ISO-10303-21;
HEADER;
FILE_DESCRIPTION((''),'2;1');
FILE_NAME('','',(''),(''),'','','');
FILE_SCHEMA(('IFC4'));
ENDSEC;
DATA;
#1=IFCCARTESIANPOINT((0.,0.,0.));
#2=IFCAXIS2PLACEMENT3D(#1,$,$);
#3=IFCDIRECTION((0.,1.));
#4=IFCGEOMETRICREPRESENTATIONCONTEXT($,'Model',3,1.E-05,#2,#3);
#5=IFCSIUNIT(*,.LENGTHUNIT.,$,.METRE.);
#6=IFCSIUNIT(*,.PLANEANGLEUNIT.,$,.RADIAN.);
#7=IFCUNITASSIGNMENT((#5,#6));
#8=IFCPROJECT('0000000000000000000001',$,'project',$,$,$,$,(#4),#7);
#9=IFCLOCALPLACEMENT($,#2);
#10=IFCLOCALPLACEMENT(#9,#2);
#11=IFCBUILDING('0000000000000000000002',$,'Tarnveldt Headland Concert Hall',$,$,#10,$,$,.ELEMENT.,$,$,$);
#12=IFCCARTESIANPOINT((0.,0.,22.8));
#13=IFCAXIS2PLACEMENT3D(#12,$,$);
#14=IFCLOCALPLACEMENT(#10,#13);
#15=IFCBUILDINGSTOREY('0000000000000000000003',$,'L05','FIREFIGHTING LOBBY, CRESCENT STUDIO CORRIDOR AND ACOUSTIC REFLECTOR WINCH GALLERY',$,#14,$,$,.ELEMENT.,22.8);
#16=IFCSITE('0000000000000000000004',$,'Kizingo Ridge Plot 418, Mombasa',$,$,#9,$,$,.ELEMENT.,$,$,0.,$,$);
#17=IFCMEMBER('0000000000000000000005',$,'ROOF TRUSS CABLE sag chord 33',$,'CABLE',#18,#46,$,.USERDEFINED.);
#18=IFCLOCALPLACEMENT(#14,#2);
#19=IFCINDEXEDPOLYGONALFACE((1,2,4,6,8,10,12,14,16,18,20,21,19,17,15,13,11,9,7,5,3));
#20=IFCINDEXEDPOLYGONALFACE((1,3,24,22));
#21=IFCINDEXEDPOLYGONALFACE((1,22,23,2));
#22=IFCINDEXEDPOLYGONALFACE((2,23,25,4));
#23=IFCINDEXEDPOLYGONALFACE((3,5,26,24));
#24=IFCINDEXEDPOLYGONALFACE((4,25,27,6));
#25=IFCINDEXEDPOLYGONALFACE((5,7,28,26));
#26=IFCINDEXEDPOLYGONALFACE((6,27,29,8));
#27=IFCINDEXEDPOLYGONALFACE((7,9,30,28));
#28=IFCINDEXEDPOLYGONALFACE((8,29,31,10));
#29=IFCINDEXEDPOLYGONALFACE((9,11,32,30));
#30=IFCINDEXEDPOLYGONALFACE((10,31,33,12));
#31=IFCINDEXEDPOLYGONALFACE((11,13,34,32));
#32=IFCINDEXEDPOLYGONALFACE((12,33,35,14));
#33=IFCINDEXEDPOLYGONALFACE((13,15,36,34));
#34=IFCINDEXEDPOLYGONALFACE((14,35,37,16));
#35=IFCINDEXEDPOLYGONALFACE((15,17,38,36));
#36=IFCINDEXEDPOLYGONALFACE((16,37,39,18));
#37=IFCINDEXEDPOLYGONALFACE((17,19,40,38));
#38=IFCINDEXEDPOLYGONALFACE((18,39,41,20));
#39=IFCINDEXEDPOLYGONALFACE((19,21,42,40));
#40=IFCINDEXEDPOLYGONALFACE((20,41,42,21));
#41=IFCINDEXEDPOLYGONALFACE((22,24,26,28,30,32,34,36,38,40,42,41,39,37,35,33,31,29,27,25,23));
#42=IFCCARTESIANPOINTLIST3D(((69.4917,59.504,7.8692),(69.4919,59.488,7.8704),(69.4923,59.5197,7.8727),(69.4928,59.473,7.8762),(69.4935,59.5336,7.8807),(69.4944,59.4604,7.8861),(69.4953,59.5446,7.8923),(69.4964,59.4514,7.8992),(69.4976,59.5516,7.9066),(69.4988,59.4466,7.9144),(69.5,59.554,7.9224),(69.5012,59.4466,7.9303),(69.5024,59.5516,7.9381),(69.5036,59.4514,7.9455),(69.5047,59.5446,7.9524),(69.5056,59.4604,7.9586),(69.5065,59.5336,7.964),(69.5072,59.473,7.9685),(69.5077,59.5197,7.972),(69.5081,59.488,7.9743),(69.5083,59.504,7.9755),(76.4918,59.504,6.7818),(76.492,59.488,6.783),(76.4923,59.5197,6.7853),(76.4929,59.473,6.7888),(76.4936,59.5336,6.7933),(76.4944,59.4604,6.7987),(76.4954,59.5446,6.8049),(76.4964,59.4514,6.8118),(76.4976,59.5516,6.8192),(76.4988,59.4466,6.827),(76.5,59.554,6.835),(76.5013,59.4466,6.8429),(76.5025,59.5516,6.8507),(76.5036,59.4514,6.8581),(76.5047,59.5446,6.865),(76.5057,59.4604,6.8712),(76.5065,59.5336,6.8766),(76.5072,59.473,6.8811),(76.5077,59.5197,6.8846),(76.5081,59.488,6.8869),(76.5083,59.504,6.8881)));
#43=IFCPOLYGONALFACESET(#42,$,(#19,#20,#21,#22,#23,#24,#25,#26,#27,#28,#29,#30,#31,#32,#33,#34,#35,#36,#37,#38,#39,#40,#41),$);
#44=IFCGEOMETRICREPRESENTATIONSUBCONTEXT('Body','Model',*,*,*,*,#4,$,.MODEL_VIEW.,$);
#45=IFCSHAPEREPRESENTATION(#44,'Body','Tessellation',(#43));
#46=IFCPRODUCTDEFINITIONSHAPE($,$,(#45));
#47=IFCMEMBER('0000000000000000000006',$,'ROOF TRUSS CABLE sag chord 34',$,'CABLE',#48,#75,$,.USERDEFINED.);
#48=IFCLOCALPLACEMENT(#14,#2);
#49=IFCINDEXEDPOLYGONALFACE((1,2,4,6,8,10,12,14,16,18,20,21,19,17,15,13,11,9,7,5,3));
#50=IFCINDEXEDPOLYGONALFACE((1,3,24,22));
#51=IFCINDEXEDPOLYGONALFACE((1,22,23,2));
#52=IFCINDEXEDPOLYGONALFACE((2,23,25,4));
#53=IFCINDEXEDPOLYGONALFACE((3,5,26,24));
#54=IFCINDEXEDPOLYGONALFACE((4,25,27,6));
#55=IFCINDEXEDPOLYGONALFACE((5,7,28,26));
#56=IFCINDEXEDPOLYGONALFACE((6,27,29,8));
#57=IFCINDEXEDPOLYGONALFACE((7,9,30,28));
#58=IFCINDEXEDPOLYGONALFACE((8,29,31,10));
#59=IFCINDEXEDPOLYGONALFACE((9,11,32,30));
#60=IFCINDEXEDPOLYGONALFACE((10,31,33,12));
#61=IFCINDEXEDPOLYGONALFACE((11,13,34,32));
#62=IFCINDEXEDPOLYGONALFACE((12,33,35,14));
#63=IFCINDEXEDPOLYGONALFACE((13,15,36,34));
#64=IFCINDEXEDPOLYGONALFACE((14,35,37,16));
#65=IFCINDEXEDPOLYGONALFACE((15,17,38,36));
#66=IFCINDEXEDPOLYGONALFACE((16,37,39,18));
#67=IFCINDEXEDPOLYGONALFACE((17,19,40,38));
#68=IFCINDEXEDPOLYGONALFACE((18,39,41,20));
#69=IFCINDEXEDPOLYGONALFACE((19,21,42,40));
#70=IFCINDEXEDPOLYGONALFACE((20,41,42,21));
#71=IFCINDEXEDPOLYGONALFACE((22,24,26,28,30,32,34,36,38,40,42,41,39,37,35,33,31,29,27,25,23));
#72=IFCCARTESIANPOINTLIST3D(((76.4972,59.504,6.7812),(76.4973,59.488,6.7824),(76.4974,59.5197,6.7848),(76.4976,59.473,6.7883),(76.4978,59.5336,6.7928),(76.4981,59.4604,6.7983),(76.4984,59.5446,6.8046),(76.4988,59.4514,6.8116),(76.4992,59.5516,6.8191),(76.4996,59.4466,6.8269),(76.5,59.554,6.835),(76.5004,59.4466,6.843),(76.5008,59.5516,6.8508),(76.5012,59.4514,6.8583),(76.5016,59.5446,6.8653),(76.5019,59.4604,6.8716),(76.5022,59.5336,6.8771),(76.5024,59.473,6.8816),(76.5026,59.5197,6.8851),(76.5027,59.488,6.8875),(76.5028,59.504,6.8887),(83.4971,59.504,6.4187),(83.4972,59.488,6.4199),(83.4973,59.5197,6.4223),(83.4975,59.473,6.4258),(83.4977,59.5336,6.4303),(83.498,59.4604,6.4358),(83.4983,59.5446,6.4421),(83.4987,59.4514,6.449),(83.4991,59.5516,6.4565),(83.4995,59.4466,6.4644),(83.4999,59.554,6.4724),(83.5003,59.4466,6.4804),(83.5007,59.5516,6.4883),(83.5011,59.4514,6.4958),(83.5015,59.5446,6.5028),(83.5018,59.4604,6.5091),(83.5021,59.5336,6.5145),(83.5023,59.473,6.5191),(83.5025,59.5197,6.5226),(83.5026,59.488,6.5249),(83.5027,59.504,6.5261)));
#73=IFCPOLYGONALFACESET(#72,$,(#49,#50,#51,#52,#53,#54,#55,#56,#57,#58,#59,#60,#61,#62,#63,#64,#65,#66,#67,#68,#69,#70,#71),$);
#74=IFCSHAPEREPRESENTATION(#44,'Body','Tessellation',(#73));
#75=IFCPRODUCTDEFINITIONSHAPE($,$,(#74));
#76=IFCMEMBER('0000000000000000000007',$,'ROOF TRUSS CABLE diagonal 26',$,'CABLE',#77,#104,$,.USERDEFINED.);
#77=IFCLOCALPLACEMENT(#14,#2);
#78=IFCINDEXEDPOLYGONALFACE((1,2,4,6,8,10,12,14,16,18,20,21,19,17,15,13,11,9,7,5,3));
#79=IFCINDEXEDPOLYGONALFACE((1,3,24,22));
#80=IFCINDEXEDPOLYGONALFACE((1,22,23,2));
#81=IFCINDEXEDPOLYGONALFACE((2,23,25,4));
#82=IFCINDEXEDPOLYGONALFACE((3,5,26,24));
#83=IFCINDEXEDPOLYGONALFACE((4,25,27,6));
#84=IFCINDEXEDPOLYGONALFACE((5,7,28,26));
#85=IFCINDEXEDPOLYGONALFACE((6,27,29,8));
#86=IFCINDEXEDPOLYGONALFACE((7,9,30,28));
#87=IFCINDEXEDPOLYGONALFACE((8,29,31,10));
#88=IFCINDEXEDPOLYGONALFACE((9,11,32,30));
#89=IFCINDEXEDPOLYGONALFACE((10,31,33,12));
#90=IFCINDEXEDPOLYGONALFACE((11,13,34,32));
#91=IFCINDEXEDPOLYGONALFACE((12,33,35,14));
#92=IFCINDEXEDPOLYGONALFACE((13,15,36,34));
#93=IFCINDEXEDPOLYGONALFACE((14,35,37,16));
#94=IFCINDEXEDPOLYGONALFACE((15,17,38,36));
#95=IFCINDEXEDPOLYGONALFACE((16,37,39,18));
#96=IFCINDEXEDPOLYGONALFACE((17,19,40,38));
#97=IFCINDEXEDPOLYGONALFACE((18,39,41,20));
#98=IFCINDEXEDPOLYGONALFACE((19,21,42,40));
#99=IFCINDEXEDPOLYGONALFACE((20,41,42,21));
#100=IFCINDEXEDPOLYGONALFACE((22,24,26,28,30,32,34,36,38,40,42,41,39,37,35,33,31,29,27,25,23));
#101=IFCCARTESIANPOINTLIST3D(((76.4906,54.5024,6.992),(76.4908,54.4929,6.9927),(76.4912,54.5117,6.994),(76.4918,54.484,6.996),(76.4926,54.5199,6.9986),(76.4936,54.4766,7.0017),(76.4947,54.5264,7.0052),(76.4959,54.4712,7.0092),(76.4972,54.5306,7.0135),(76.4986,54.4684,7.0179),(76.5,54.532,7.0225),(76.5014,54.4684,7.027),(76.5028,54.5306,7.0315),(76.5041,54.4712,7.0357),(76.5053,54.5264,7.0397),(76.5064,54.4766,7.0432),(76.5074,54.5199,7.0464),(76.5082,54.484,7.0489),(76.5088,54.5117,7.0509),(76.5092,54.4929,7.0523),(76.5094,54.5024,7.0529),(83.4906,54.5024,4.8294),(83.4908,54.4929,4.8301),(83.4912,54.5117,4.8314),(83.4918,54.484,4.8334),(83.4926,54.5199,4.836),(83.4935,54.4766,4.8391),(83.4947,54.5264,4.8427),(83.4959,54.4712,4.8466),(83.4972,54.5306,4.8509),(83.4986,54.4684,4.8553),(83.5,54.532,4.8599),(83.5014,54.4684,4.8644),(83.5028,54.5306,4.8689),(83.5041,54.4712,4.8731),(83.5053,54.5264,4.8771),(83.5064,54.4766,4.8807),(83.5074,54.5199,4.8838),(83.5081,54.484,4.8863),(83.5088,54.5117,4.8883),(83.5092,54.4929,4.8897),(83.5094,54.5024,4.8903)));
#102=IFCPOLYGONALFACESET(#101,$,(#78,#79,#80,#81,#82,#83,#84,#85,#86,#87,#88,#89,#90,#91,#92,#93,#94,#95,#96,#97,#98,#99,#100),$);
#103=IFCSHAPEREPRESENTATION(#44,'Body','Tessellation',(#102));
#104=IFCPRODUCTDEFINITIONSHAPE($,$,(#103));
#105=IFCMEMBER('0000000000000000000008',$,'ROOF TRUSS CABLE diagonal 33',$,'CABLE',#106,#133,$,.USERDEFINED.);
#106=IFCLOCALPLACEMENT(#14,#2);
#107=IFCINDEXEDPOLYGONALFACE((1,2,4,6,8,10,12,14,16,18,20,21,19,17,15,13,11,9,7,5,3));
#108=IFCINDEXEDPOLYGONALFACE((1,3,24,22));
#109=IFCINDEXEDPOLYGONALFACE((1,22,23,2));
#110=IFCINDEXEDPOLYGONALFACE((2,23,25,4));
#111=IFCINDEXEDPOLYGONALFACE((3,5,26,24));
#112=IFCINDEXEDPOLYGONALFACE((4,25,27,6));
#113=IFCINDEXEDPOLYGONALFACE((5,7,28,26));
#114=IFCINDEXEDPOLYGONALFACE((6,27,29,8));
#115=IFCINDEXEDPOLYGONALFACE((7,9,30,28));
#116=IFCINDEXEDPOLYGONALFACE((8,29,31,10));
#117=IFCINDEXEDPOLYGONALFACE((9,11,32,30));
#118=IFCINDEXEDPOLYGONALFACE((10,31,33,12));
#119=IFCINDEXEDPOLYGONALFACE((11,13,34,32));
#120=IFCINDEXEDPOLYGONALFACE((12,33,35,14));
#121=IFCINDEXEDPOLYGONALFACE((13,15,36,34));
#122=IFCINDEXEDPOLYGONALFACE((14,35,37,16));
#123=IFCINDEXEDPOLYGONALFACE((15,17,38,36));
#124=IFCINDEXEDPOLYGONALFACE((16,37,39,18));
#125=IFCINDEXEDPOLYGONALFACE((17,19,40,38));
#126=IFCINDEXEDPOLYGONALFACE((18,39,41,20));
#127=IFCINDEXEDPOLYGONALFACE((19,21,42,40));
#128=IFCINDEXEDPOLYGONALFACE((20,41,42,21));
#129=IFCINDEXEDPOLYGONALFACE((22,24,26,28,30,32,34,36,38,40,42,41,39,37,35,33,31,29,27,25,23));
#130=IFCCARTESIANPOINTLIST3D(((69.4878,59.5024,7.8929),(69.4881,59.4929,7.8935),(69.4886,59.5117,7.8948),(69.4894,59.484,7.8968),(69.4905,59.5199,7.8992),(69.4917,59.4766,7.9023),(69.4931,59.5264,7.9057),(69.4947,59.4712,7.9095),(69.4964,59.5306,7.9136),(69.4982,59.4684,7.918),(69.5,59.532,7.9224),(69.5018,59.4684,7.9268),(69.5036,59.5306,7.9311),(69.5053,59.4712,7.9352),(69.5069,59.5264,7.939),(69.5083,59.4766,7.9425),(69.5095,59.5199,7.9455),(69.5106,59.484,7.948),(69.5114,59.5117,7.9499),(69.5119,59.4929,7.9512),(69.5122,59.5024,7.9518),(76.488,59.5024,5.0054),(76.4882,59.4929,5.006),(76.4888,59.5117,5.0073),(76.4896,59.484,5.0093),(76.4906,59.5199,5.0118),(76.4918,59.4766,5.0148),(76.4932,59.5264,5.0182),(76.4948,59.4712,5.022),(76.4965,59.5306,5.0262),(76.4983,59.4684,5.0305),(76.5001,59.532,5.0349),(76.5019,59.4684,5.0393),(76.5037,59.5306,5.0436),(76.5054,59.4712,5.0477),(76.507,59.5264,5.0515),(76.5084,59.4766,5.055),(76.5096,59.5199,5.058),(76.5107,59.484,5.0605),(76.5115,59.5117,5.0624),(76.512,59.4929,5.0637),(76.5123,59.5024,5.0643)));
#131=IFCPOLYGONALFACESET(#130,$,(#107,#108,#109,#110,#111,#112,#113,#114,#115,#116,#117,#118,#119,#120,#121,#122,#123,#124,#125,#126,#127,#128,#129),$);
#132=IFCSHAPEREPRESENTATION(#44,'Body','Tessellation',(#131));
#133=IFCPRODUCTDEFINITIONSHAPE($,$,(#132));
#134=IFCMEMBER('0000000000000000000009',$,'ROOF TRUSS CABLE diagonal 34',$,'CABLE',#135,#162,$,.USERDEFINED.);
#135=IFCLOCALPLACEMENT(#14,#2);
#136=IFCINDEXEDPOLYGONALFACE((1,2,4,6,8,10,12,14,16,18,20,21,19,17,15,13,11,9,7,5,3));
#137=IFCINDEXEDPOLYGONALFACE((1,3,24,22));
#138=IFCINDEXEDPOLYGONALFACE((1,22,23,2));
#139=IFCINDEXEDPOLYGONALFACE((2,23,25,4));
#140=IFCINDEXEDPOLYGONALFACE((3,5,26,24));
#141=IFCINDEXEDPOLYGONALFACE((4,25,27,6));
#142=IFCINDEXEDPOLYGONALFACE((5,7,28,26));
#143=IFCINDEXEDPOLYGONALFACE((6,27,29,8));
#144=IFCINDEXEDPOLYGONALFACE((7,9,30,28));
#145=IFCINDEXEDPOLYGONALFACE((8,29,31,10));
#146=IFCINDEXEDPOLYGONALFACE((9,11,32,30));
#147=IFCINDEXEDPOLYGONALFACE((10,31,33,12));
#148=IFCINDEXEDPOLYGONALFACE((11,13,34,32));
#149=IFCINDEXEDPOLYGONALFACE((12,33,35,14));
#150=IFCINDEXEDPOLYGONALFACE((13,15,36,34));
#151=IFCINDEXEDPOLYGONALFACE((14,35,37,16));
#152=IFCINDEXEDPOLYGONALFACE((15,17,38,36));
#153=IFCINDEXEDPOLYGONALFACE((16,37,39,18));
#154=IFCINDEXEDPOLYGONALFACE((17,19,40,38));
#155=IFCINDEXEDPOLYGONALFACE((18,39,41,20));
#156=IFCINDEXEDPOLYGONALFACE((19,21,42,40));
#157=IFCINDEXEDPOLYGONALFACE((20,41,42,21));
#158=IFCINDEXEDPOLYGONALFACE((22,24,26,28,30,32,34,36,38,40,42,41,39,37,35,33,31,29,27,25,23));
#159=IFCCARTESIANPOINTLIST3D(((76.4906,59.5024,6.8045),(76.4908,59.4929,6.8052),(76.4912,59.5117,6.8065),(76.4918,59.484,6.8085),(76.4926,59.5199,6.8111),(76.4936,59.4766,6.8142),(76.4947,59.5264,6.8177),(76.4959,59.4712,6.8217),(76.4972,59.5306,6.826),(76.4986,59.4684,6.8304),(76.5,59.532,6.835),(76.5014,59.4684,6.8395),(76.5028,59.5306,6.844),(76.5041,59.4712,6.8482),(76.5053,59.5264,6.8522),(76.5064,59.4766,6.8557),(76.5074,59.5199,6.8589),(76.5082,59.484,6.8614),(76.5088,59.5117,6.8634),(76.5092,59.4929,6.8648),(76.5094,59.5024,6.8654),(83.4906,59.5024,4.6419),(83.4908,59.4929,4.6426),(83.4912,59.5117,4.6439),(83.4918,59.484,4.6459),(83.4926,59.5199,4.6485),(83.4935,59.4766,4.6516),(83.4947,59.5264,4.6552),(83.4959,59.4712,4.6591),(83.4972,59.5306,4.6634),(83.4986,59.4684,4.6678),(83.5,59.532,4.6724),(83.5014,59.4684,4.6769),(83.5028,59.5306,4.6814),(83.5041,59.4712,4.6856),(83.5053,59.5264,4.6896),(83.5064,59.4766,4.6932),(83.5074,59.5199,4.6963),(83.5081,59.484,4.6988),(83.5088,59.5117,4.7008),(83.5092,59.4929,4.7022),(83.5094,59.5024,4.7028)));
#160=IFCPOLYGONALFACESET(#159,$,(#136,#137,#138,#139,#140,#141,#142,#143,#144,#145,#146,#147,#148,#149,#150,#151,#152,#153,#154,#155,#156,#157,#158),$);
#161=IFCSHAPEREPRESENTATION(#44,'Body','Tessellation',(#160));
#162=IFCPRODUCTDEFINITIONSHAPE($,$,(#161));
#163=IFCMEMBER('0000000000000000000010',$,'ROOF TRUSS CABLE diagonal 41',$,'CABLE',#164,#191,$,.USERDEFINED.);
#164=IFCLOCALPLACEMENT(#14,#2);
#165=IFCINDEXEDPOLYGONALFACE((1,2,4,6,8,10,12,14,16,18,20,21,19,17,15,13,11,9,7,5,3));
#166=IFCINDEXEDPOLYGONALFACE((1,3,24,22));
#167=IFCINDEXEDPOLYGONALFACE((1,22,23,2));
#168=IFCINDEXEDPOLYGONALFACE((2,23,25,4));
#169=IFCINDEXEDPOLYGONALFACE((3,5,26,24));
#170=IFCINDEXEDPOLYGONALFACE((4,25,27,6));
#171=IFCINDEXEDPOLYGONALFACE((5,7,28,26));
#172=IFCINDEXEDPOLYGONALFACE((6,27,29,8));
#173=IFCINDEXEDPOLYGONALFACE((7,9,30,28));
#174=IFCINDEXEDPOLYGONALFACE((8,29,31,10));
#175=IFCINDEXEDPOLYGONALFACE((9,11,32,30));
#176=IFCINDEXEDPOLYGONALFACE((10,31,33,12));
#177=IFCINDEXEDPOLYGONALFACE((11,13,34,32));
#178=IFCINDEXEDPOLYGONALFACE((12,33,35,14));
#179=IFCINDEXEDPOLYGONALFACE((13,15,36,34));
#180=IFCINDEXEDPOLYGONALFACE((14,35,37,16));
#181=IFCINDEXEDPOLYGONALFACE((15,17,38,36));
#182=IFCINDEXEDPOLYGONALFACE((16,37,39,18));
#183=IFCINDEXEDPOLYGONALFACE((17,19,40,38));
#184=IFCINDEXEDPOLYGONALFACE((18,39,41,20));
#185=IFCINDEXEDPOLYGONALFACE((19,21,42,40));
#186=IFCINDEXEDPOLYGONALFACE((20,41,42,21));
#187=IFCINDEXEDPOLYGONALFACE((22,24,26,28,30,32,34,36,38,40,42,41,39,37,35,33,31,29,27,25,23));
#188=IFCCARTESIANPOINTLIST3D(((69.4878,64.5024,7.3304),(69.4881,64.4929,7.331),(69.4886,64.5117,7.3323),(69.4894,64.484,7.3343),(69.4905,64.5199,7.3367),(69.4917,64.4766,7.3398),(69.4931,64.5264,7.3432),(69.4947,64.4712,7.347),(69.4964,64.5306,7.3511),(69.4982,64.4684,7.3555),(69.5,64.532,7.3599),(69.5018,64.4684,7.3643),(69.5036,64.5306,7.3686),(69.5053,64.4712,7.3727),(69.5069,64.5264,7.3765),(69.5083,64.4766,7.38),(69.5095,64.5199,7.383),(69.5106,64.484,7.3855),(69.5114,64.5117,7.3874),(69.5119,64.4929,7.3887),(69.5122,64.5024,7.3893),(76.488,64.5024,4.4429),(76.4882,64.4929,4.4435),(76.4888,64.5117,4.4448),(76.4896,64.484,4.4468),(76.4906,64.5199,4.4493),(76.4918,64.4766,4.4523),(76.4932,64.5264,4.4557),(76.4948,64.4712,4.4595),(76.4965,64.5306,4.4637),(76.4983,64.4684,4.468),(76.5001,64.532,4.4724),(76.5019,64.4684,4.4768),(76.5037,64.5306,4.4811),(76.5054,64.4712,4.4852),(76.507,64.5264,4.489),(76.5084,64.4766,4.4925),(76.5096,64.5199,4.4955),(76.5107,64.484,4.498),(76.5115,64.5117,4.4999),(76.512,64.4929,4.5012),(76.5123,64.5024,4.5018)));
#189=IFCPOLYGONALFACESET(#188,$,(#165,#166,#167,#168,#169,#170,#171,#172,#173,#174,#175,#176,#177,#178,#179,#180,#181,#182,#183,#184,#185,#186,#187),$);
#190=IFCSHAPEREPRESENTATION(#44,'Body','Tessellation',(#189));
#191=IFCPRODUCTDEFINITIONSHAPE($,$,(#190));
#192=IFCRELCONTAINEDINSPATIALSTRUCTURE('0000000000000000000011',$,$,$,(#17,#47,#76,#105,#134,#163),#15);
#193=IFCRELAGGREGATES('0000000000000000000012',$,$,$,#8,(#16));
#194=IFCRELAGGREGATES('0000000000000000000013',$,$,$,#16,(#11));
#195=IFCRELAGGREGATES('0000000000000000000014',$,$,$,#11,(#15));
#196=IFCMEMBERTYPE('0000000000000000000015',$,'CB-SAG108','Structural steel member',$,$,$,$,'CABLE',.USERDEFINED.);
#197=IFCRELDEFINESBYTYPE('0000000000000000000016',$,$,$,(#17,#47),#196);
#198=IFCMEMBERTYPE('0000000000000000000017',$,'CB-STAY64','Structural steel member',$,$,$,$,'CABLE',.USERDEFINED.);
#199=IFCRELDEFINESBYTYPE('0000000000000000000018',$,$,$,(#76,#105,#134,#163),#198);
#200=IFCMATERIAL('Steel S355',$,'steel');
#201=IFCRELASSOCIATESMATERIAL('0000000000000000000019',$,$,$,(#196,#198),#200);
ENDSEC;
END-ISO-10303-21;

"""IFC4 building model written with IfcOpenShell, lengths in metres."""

from ifc_helpers import new_model, si_unit, direction, frame, origin, origin_2d, place, context, subcontext, project, spatial, circle, extrude, material, material_profile, profile_set, type_object, element, save


model = new_model("IFC4")

# Units and contexts
model_context = context("Model", 3, precision=1e-05, world=origin(), true_north=direction((0.0, 1.0)))
body_context = subcontext(model_context, "Body", "Model", "MODEL_VIEW")
ifc_project = project(units=[si_unit("LENGTHUNIT", "METRE"), si_unit("PLANEANGLEUNIT", "RADIAN")], contexts=[model_context])

# Site, building, storey
site_placement = place(None, origin())
site = spatial("IfcSite", under=ifc_project, at=site_placement, Name="Kizingo Ridge Plot 418, Mombasa", CompositionType="ELEMENT", RefElevation=0.0)
building_placement = place(site_placement, origin())
building = spatial("IfcBuilding", under=site, at=building_placement, Name="Tarnveldt Headland Concert Hall", CompositionType="ELEMENT")
storey_placement = place(building_placement, frame((0.0, 0.0, 22.8)))
storey = spatial("IfcBuildingStorey", under=building, at=storey_placement, Name="L05", Description="FIREFIGHTING LOBBY, CRESCENT STUDIO CORRIDOR AND ACOUSTIC REFLECTOR WINCH GALLERY", CompositionType="ELEMENT", Elevation=22.8)

# Members
ifc_material_1 = material(Name="Steel S355", Category="steel")
ifc_material_profile_1 = material_profile(ifc_material_1, circle(Radius=0.054, at=origin_2d()), Name="LC D108", Category="steel")
ifc_profile_set_1 = profile_set([ifc_material_profile_1], Name="Steel S355")
member_type_1 = type_object("IfcMemberType", Name="CB-SAG108", Description="Structural steel member", ElementType="CABLE", PredefinedType="USERDEFINED", material=ifc_profile_set_1)
member_1_placement = place(storey_placement, frame((69.5, 59.5, 7.9224), z_axis=(0.988148, 0.0, -0.153502), x_axis=(0.0, 1.0, 0.0)))
element("IfcMember", 1, at=member_1_placement, inside=storey, type_object=member_type_1, Name="ROOF TRUSS CABLE sag chord 33", ObjectType="CABLE", PredefinedType="USERDEFINED", context=body_context, shape_type="SweptSolid", body=[
    extrude(circle(Radius=0.054, at=origin_2d()), origin(), (0.0, 0.0, 1.0), 7.084),
])
member_2_placement = place(storey_placement, frame((76.5, 59.5, 6.835), z_axis=(0.998661, 0.0, -0.051723), x_axis=(0.0, 1.0, 0.0)))
element("IfcMember", 2, at=member_2_placement, inside=storey, type_object=member_type_1, Name="ROOF TRUSS CABLE sag chord 34", ObjectType="CABLE", PredefinedType="USERDEFINED", context=body_context, shape_type="SweptSolid", body=[
    extrude(circle(Radius=0.054, at=origin_2d()), origin(), (0.0, 0.0, 1.0), 7.0093),
])
ifc_material_profile_2 = material_profile(ifc_material_1, circle(Radius=0.032, at=origin_2d()), Name="LC D64", Category="steel")
ifc_profile_set_2 = profile_set([ifc_material_profile_2], Name="Steel S355")
member_type_2 = type_object("IfcMemberType", Name="CB-STAY64", Description="Structural steel member", ElementType="CABLE", PredefinedType="USERDEFINED", material=ifc_profile_set_2)
member_3_placement = place(storey_placement, frame((76.5, 54.5, 7.0225), z_axis=(0.955443, 0.0, -0.295177), x_axis=(0.0, 1.0, 0.0)))
element("IfcMember", 3, at=member_3_placement, inside=storey, type_object=member_type_2, Name="ROOF TRUSS CABLE diagonal 26", ObjectType="CABLE", PredefinedType="USERDEFINED", context=body_context, shape_type="SweptSolid", body=[
    extrude(circle(Radius=0.032, at=origin_2d()), origin(), (0.0, 0.0, 1.0), 7.3264),
])
member_4_placement = place(storey_placement, frame((69.5, 59.5, 7.9224), z_axis=(0.924441, 0.0, -0.381325), x_axis=(0.0, 1.0, 0.0)))
element("IfcMember", 4, at=member_4_placement, inside=storey, type_object=member_type_2, Name="ROOF TRUSS CABLE diagonal 33", ObjectType="CABLE", PredefinedType="USERDEFINED", context=body_context, shape_type="SweptSolid", body=[
    extrude(circle(Radius=0.032, at=origin_2d()), origin(), (0.0, 0.0, 1.0), 7.5723),
])
member_5_placement = place(storey_placement, frame((76.5, 59.5, 6.835), z_axis=(0.955443, 0.0, -0.295177), x_axis=(0.0, 1.0, 0.0)))
element("IfcMember", 5, at=member_5_placement, inside=storey, type_object=member_type_2, Name="ROOF TRUSS CABLE diagonal 34", ObjectType="CABLE", PredefinedType="USERDEFINED", context=body_context, shape_type="SweptSolid", body=[
    extrude(circle(Radius=0.032, at=origin_2d()), origin(), (0.0, 0.0, 1.0), 7.3264),
])
member_6_placement = place(storey_placement, frame((69.5, 64.5, 7.3599), z_axis=(0.924441, 0.0, -0.381325), x_axis=(0.0, 1.0, 0.0)))
element("IfcMember", 6, at=member_6_placement, inside=storey, type_object=member_type_2, Name="ROOF TRUSS CABLE diagonal 41", ObjectType="CABLE", PredefinedType="USERDEFINED", context=body_context, shape_type="SweptSolid", body=[
    extrude(circle(Radius=0.032, at=origin_2d()), origin(), (0.0, 0.0, 1.0), 7.5723),
])

save(model, "model.ifc")
